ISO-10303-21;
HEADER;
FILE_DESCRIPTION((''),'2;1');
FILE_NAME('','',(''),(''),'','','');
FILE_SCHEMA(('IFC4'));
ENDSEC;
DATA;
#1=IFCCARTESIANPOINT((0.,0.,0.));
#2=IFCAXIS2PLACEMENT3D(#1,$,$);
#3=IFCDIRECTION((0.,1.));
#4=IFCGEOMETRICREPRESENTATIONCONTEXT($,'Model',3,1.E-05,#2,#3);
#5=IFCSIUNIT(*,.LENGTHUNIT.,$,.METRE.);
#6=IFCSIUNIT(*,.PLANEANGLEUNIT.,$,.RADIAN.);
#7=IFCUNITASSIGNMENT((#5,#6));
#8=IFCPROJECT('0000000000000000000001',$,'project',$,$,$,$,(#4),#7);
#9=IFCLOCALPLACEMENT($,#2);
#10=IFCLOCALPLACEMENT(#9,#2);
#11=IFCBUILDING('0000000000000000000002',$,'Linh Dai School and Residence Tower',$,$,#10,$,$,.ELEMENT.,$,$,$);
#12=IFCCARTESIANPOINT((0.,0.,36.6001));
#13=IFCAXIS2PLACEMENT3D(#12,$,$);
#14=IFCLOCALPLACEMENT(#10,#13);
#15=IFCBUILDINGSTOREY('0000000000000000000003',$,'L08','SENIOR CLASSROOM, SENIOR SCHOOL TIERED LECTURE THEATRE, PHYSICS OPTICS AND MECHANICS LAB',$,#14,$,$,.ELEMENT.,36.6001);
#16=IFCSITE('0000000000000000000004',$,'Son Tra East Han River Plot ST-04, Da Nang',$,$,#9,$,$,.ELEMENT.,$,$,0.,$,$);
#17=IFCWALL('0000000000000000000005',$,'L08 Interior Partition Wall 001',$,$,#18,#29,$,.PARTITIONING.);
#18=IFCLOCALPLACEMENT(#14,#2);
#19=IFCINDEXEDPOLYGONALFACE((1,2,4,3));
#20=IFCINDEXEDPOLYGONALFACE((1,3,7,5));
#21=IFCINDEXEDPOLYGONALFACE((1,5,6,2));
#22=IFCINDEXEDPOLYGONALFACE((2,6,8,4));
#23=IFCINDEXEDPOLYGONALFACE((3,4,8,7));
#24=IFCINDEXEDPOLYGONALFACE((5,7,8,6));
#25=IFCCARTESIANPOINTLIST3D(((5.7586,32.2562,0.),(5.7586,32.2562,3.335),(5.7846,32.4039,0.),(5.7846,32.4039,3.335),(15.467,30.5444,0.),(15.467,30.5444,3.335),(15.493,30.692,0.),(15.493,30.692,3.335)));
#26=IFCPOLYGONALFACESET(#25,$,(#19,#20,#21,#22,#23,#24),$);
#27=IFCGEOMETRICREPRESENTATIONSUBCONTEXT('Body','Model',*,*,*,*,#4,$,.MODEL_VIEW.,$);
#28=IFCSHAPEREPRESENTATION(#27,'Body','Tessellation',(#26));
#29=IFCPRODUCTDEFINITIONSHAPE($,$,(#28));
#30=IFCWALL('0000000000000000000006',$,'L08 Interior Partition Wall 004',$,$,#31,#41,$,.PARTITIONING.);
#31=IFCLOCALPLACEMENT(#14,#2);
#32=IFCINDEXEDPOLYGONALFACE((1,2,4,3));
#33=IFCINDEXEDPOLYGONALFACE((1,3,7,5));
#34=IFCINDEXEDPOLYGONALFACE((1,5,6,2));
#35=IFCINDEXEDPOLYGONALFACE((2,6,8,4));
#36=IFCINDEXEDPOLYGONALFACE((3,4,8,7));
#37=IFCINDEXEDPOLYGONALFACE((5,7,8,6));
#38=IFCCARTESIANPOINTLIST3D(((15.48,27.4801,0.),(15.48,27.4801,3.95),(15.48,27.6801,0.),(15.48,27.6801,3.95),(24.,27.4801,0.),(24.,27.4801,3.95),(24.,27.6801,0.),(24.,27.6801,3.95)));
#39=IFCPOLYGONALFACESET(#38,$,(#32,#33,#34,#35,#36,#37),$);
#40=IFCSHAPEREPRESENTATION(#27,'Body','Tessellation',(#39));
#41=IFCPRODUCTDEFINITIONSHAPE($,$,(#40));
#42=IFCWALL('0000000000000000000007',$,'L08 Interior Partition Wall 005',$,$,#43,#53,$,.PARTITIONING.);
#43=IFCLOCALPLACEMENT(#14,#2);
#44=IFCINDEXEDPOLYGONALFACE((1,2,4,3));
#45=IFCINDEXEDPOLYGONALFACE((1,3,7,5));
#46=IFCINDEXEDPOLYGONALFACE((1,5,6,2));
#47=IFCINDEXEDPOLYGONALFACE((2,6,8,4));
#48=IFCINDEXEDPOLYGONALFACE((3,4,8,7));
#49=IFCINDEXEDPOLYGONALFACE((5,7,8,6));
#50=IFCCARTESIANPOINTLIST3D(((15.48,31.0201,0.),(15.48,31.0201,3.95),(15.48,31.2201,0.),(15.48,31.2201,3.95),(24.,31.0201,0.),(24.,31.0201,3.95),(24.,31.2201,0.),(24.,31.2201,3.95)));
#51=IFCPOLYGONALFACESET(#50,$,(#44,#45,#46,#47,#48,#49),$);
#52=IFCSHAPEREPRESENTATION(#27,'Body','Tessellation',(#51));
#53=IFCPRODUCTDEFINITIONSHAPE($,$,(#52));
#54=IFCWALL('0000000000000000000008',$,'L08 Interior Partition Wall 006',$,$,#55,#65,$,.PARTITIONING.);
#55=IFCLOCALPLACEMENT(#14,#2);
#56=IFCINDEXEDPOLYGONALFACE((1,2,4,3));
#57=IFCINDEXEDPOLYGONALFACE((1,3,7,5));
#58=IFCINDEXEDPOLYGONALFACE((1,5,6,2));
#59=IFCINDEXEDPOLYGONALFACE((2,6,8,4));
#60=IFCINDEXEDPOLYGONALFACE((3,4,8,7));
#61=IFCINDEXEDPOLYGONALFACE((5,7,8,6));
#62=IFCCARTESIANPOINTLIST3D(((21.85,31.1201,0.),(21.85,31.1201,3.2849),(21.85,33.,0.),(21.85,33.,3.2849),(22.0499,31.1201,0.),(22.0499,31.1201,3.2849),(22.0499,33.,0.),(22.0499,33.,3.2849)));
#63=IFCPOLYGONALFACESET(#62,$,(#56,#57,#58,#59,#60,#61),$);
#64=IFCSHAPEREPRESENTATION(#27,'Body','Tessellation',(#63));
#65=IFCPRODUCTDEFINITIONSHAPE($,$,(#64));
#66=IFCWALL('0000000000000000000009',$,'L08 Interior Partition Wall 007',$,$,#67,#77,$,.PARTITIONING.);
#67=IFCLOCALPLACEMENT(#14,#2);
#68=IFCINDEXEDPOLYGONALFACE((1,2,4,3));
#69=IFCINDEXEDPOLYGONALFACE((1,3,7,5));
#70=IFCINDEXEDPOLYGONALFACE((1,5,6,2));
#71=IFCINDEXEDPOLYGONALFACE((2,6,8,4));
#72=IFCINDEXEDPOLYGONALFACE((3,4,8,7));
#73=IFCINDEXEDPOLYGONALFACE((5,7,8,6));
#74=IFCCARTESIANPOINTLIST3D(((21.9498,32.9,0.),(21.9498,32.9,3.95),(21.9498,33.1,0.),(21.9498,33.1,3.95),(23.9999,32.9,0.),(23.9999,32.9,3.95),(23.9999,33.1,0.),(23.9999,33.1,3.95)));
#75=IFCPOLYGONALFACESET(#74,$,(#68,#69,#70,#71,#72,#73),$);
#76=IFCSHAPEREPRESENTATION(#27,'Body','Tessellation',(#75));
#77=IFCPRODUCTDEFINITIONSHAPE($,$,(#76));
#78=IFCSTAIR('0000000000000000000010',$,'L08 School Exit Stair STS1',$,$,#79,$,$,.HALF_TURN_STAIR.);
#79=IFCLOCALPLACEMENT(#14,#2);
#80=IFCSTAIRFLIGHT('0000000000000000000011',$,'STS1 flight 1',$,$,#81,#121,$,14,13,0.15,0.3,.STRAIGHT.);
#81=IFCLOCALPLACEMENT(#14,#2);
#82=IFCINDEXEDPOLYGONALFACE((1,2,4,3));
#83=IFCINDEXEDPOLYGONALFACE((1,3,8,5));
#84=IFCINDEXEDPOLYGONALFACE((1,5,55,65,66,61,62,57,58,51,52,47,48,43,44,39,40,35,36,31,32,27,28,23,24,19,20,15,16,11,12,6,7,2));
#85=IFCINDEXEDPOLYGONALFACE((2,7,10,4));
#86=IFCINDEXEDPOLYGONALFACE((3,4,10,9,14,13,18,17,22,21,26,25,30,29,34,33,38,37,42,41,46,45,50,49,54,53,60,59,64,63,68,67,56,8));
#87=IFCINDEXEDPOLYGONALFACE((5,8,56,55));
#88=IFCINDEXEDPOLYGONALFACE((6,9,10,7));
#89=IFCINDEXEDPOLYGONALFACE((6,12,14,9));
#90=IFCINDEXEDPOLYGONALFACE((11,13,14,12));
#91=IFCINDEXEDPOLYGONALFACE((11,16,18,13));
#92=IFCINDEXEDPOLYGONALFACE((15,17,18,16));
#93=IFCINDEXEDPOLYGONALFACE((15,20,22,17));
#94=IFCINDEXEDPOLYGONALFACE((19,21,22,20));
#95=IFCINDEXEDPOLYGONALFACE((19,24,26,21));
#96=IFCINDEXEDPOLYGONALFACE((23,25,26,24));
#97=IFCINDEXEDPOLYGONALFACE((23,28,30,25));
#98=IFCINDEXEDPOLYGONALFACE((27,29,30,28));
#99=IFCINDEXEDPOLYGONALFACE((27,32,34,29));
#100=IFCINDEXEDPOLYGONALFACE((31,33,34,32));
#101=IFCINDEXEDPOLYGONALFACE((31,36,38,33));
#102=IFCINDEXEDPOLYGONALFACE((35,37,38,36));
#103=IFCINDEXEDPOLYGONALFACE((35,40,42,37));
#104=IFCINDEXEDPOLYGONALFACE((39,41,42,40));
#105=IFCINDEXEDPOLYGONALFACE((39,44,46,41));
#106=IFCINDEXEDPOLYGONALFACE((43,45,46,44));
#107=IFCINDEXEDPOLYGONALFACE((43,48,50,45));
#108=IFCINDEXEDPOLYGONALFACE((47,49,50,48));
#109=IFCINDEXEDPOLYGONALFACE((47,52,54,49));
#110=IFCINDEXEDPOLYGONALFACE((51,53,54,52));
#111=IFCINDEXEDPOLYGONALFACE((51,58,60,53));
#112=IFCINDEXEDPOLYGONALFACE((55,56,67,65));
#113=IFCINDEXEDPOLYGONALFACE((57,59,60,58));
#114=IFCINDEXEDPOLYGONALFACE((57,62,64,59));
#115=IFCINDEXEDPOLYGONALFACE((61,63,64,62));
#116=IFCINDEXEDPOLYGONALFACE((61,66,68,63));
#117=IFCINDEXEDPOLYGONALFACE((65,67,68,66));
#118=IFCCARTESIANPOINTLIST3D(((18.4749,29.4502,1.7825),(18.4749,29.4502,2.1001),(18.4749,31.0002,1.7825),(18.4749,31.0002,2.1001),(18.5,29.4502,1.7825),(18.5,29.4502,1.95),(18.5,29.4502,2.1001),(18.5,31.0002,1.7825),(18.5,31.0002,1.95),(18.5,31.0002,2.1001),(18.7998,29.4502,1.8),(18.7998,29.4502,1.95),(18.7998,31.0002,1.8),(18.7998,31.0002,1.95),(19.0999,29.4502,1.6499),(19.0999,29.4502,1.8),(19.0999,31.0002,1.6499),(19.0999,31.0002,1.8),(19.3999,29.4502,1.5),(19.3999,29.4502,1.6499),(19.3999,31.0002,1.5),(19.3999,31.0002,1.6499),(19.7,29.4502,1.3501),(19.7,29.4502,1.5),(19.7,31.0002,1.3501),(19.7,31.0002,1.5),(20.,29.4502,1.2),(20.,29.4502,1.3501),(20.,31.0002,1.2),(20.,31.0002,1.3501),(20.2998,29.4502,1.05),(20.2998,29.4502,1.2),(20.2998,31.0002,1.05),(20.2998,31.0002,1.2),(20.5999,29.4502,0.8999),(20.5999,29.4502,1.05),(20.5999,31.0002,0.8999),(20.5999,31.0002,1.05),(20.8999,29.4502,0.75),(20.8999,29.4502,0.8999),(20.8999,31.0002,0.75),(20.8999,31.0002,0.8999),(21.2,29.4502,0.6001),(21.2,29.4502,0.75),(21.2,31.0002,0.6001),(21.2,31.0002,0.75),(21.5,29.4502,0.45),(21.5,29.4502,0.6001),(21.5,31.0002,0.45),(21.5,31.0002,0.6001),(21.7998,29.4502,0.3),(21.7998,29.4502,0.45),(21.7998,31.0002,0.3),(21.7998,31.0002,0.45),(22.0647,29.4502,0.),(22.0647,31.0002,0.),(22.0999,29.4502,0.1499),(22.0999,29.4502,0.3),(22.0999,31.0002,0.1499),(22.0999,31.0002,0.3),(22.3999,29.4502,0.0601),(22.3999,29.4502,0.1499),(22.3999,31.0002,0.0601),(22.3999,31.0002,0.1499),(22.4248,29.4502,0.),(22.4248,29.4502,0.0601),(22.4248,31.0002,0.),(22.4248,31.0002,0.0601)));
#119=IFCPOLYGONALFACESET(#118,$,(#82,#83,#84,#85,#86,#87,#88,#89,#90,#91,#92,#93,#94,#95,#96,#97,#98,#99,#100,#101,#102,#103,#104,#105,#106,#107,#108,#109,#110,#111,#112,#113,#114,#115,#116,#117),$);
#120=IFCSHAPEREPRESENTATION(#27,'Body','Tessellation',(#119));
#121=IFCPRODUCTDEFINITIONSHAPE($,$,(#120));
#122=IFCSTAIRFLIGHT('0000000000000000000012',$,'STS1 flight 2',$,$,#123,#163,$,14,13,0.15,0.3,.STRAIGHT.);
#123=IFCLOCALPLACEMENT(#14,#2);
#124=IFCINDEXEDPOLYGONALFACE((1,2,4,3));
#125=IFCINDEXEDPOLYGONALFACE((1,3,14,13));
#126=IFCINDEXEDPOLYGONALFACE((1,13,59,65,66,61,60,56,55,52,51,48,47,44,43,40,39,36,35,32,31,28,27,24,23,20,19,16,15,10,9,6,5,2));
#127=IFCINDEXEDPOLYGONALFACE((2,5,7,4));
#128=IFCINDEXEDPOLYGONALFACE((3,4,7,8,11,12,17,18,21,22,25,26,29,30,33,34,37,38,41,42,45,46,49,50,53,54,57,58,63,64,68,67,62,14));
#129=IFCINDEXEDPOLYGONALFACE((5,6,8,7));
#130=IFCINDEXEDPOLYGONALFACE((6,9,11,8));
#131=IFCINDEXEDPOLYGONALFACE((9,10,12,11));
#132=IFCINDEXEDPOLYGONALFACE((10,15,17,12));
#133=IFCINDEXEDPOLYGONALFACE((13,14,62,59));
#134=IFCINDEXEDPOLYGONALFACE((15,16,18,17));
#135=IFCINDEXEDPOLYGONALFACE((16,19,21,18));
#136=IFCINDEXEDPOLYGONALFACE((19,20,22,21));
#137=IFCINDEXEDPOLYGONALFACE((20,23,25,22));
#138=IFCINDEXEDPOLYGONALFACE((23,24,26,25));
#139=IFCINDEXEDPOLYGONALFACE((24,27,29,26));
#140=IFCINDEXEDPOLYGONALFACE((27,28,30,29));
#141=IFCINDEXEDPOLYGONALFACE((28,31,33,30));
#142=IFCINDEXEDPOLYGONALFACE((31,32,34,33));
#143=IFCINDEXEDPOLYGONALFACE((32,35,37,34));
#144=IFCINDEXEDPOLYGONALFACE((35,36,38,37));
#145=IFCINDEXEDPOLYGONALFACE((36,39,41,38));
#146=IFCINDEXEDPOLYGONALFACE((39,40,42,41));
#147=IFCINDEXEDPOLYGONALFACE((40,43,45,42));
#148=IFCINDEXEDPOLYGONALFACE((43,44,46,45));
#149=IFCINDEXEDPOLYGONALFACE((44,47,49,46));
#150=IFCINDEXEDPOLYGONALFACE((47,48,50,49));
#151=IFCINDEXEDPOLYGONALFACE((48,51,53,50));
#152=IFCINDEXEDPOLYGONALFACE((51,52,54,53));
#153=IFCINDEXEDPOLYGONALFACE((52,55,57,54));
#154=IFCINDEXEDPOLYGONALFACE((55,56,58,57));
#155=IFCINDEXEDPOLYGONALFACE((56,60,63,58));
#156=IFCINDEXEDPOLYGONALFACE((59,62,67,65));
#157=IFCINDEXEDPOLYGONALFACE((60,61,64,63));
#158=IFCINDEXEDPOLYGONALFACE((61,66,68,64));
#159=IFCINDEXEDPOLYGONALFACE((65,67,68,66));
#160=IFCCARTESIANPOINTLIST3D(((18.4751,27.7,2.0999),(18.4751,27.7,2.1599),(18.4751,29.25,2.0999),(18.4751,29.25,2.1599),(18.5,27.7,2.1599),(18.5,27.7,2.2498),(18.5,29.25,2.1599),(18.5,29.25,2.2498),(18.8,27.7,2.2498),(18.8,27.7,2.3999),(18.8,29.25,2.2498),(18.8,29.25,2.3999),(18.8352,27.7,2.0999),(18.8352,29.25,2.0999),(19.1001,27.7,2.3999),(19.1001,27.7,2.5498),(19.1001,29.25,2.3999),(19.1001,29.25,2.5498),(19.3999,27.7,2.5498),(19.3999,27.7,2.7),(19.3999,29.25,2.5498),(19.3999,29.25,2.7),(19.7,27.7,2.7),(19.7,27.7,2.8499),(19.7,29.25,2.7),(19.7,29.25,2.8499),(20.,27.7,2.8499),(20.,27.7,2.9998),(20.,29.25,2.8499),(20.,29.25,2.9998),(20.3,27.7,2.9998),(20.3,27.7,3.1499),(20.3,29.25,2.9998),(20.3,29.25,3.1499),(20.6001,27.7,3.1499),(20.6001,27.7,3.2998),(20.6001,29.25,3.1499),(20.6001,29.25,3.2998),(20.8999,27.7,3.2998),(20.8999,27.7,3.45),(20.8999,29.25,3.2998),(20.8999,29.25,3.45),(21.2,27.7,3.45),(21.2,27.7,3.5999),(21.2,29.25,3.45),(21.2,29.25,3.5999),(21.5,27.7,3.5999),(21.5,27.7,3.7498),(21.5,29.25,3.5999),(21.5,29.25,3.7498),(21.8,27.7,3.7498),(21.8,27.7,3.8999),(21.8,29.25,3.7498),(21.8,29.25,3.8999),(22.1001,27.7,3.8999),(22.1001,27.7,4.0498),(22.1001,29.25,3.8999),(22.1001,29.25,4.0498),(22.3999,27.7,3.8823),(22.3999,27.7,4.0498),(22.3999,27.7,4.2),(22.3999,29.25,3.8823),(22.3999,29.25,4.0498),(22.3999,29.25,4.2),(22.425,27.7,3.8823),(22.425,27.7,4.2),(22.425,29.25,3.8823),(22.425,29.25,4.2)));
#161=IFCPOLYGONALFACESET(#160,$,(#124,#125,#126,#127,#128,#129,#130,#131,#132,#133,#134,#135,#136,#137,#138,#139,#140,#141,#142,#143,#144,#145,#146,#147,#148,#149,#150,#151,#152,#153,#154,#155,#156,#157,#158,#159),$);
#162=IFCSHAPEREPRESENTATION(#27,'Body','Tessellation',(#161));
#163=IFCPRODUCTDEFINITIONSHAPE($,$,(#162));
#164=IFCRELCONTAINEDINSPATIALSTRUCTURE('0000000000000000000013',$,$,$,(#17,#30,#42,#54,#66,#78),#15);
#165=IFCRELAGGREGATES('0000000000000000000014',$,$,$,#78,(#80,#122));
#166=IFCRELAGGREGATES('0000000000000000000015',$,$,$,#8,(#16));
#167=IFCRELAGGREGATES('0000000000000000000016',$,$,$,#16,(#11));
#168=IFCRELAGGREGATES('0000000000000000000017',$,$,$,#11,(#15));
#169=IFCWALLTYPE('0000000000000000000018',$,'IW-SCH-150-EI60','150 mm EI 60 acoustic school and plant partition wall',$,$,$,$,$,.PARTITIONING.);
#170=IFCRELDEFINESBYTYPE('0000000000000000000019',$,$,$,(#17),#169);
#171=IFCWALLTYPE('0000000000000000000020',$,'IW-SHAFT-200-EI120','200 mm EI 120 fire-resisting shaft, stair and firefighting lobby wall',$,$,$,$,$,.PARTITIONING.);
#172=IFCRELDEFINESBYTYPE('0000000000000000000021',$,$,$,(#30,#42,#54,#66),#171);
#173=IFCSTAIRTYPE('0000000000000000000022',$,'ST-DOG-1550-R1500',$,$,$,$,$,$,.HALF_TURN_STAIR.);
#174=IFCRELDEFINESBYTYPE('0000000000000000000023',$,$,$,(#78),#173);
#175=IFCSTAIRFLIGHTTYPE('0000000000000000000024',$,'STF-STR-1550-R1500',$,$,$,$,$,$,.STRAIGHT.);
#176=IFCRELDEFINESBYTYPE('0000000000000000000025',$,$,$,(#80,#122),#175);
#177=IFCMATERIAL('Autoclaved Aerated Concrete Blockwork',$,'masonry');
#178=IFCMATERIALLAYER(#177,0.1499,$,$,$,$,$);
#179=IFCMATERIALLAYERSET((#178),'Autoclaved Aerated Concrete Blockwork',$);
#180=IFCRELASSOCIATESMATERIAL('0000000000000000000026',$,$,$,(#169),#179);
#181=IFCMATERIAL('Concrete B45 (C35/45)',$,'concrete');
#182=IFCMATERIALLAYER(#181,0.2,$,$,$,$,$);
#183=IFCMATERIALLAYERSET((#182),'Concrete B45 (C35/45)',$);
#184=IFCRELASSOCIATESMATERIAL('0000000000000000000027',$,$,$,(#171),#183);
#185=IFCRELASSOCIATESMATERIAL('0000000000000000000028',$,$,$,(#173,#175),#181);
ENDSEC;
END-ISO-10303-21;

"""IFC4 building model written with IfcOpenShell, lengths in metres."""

from ifc_helpers import new_model, si_unit, direction, frame, frame_2d, origin, place, context, subcontext, project, spatial, polyline, rectangle, outline, extrude, source, transform, mapped, material, layer, layer_set, type_object, element, aggregate, save


model = new_model("IFC4")

# Units and contexts
model_context = context("Model", 3, precision=1e-05, world=origin(), true_north=direction((0.0, 1.0)))
body_context = subcontext(model_context, "Body", "Model", "MODEL_VIEW")
ifc_project = project(units=[si_unit("LENGTHUNIT", "METRE"), si_unit("PLANEANGLEUNIT", "RADIAN")], contexts=[model_context])

# Site, building, storey
site_placement = place(None, origin())
site = spatial("IfcSite", under=ifc_project, at=site_placement, Name="Son Tra East Han River Plot ST-04, Da Nang", CompositionType="ELEMENT", RefElevation=0.0)
building_placement = place(site_placement, origin())
building = spatial("IfcBuilding", under=site, at=building_placement, Name="Linh Dai School and Residence Tower", CompositionType="ELEMENT")
storey_placement = place(building_placement, frame((0.0, 0.0, 36.6001)))
storey = spatial("IfcBuildingStorey", under=building, at=storey_placement, Name="L08", Description="SENIOR CLASSROOM, SENIOR SCHOOL TIERED LECTURE THEATRE, PHYSICS OPTICS AND MECHANICS LAB", CompositionType="ELEMENT", Elevation=36.6001)

# Walls
ifc_material_1 = material(Name="Autoclaved Aerated Concrete Blockwork", Category="masonry")
ifc_layer_1 = layer(ifc_material_1, 0.1499)
ifc_layer_set_1 = layer_set([ifc_layer_1], Name="Autoclaved Aerated Concrete Blockwork")
wall_type_1 = type_object("IfcWallType", Name="IW-SCH-150-EI60", Description="150 mm EI 60 acoustic school and plant partition wall", PredefinedType="PARTITIONING", material=ifc_layer_set_1)
wall_1_placement = place(storey_placement, frame((5.7715, 32.3301, 0.0), z_axis=(0.0, 0.0, 1.0), x_axis=(0.984807, -0.173653, 0.0)))
element("IfcWall", 1, at=wall_1_placement, inside=storey, type_object=wall_type_1, Name="L08 Interior Partition Wall 001", PredefinedType="PARTITIONING", context=body_context, shape_type="SweptSolid", body=[
    extrude(rectangle(XDim=9.8582, YDim=0.1499, at=frame_2d((4.9292, 0.0))), origin(), (0.0, 0.0, 1.0), 3.335),
])
ifc_material_2 = material(Name="Concrete B45 (C35/45)", Category="concrete")
ifc_layer_2 = layer(ifc_material_2, 0.2)
ifc_layer_set_2 = layer_set([ifc_layer_2], Name="Concrete B45 (C35/45)")
wall_type_2 = type_object("IfcWallType", Name="IW-SHAFT-200-EI120", Description="200 mm EI 120 fire-resisting shaft, stair and firefighting lobby wall", PredefinedType="PARTITIONING", material=ifc_layer_set_2)
for number, where, z_axis, x_axis, name in (
    (2, (15.48, 27.5801, 0.0), (0.0, 0.0, 1.0), (1.0, 0.0, 0.0), "L08 Interior Partition Wall 004"),
    (3, (15.48, 31.1201, 0.0), (0.0, 0.0, 1.0), (1.0, 0.0, 0.0), "L08 Interior Partition Wall 005"),
):
    element("IfcWall", number, at=place(storey_placement, frame(where, z_axis=z_axis, x_axis=x_axis)), inside=storey, type_object=wall_type_2, Name=name, PredefinedType="PARTITIONING", context=body_context, shape_type="SweptSolid", body=[
        extrude(rectangle(XDim=8.52, YDim=0.2, at=frame_2d((4.26, 0.0))), origin(), (0.0, 0.0, 1.0), 3.95),
    ])
wall_2_placement = place(storey_placement, frame((21.95, 31.1201, 0.0), z_axis=(0.0, 0.0, 1.0), x_axis=(0.0, 1.0, 0.0)))
element("IfcWall", 4, at=wall_2_placement, inside=storey, type_object=wall_type_2, Name="L08 Interior Partition Wall 006", PredefinedType="PARTITIONING", context=body_context, shape_type="SweptSolid", body=[
    extrude(rectangle(XDim=1.8799, YDim=0.2, at=frame_2d((0.9399, 0.0))), origin(), (0.0, 0.0, 1.0), 3.2849),
])
wall_3_placement = place(storey_placement, frame((21.95, 33.0, 0.0), z_axis=(0.0, 0.0, 1.0), x_axis=(1.0, 0.0, 0.0)))
element("IfcWall", 5, at=wall_3_placement, inside=storey, type_object=wall_type_2, Name="L08 Interior Partition Wall 007", PredefinedType="PARTITIONING", context=body_context, shape_type="SweptSolid", body=[
    extrude(rectangle(XDim=2.05, YDim=0.2, at=frame_2d((1.0249, 0.0))), origin(), (0.0, 0.0, 1.0), 3.95),
])

# Stair, stair flights
stair_type = type_object("IfcStairType", Name="ST-DOG-1550-R1500", PredefinedType="HALF_TURN_STAIR", material=ifc_material_2)
stair_placement = place(storey_placement, origin())
stair = element("IfcStair", 6, at=stair_placement, inside=storey, type_object=stair_type, Name="L08 School Exit Stair STS1", PredefinedType="HALF_TURN_STAIR")
stair_flight_type = type_object("IfcStairFlightType", Name="STF-STR-1550-R1500", PredefinedType="STRAIGHT", material=ifc_material_2)
shared_shape_1 = source(origin(), body_context, "Body", "SweptSolid", [
    extrude(outline(polyline([(-0.0249, 0.0), (-0.0249, 0.0601), (0.0, 0.0601), (0.0, 0.1499), (0.3, 0.1499), (0.3, 0.3), (0.6001, 0.3), (0.6001, 0.45), (0.8999, 0.45), (0.8999, 0.6001), (1.2, 0.6001), (1.2, 0.75), (1.5, 0.75), (1.5, 0.8999), (1.8, 0.8999), (1.8, 1.05), (2.1001, 1.05), (2.1001, 1.2), (2.3999, 1.2), (2.3999, 1.3501), (2.7, 1.3501), (2.7, 1.5), (3.0, 1.5), (3.0, 1.6499), (3.3, 1.6499), (3.3, 1.8), (3.6001, 1.8), (3.6001, 1.95), (3.8999, 1.95), (3.8999, 2.1001), (3.925, 2.1001), (3.925, 1.7825), (3.8999, 1.7825), (0.3352, 0.0), (-0.0249, 0.0)])), frame((0.0, 0.7749, 0.0), z_axis=(0.0, -1.0, 0.0), x_axis=(1.0, 0.0, 0.0)), (0.0, 0.0, 1.0), 1.55),
])
stair_flight_1_placement = place(storey_placement, frame((22.3999, 30.2251, 0.0), z_axis=(0.0, 0.0, 1.0), x_axis=(-1.0, 0.0, 0.0)))
stair_flight_1 = element("IfcStairFlight", 7, at=stair_flight_1_placement, type_object=stair_flight_type, Name="STS1 flight 1", NumberOfRisers=14, NumberOfTreads=13, PredefinedType="STRAIGHT", RiserHeight=0.15, TreadLength=0.3, context=body_context, shape_type="MappedRepresentation", body=[
    mapped(shared_shape_1, transform((0.0, 0.0, 0.0), x_axis=(1.0, 0.0, 0.0), y_axis=(0.0, 1.0, 0.0), z_axis=(0.0, 0.0, 1.0), scale=1.0)),
])
stair_flight_2_placement = place(storey_placement, frame((18.5, 28.4751, 2.0999), z_axis=(0.0, 0.0, 1.0), x_axis=(1.0, 0.0, 0.0)))
stair_flight_2 = element("IfcStairFlight", 8, at=stair_flight_2_placement, type_object=stair_flight_type, Name="STS1 flight 2", NumberOfRisers=14, NumberOfTreads=13, PredefinedType="STRAIGHT", RiserHeight=0.15, TreadLength=0.3, context=body_context, shape_type="MappedRepresentation", body=[
    mapped(shared_shape_1, transform((0.0, 0.0, 0.0), x_axis=(1.0, 0.0, 0.0), y_axis=(0.0, 1.0, 0.0), z_axis=(0.0, 0.0, 1.0), scale=1.0)),
])
aggregate(stair, [stair_flight_1, stair_flight_2])

save(model, "model.ifc")
